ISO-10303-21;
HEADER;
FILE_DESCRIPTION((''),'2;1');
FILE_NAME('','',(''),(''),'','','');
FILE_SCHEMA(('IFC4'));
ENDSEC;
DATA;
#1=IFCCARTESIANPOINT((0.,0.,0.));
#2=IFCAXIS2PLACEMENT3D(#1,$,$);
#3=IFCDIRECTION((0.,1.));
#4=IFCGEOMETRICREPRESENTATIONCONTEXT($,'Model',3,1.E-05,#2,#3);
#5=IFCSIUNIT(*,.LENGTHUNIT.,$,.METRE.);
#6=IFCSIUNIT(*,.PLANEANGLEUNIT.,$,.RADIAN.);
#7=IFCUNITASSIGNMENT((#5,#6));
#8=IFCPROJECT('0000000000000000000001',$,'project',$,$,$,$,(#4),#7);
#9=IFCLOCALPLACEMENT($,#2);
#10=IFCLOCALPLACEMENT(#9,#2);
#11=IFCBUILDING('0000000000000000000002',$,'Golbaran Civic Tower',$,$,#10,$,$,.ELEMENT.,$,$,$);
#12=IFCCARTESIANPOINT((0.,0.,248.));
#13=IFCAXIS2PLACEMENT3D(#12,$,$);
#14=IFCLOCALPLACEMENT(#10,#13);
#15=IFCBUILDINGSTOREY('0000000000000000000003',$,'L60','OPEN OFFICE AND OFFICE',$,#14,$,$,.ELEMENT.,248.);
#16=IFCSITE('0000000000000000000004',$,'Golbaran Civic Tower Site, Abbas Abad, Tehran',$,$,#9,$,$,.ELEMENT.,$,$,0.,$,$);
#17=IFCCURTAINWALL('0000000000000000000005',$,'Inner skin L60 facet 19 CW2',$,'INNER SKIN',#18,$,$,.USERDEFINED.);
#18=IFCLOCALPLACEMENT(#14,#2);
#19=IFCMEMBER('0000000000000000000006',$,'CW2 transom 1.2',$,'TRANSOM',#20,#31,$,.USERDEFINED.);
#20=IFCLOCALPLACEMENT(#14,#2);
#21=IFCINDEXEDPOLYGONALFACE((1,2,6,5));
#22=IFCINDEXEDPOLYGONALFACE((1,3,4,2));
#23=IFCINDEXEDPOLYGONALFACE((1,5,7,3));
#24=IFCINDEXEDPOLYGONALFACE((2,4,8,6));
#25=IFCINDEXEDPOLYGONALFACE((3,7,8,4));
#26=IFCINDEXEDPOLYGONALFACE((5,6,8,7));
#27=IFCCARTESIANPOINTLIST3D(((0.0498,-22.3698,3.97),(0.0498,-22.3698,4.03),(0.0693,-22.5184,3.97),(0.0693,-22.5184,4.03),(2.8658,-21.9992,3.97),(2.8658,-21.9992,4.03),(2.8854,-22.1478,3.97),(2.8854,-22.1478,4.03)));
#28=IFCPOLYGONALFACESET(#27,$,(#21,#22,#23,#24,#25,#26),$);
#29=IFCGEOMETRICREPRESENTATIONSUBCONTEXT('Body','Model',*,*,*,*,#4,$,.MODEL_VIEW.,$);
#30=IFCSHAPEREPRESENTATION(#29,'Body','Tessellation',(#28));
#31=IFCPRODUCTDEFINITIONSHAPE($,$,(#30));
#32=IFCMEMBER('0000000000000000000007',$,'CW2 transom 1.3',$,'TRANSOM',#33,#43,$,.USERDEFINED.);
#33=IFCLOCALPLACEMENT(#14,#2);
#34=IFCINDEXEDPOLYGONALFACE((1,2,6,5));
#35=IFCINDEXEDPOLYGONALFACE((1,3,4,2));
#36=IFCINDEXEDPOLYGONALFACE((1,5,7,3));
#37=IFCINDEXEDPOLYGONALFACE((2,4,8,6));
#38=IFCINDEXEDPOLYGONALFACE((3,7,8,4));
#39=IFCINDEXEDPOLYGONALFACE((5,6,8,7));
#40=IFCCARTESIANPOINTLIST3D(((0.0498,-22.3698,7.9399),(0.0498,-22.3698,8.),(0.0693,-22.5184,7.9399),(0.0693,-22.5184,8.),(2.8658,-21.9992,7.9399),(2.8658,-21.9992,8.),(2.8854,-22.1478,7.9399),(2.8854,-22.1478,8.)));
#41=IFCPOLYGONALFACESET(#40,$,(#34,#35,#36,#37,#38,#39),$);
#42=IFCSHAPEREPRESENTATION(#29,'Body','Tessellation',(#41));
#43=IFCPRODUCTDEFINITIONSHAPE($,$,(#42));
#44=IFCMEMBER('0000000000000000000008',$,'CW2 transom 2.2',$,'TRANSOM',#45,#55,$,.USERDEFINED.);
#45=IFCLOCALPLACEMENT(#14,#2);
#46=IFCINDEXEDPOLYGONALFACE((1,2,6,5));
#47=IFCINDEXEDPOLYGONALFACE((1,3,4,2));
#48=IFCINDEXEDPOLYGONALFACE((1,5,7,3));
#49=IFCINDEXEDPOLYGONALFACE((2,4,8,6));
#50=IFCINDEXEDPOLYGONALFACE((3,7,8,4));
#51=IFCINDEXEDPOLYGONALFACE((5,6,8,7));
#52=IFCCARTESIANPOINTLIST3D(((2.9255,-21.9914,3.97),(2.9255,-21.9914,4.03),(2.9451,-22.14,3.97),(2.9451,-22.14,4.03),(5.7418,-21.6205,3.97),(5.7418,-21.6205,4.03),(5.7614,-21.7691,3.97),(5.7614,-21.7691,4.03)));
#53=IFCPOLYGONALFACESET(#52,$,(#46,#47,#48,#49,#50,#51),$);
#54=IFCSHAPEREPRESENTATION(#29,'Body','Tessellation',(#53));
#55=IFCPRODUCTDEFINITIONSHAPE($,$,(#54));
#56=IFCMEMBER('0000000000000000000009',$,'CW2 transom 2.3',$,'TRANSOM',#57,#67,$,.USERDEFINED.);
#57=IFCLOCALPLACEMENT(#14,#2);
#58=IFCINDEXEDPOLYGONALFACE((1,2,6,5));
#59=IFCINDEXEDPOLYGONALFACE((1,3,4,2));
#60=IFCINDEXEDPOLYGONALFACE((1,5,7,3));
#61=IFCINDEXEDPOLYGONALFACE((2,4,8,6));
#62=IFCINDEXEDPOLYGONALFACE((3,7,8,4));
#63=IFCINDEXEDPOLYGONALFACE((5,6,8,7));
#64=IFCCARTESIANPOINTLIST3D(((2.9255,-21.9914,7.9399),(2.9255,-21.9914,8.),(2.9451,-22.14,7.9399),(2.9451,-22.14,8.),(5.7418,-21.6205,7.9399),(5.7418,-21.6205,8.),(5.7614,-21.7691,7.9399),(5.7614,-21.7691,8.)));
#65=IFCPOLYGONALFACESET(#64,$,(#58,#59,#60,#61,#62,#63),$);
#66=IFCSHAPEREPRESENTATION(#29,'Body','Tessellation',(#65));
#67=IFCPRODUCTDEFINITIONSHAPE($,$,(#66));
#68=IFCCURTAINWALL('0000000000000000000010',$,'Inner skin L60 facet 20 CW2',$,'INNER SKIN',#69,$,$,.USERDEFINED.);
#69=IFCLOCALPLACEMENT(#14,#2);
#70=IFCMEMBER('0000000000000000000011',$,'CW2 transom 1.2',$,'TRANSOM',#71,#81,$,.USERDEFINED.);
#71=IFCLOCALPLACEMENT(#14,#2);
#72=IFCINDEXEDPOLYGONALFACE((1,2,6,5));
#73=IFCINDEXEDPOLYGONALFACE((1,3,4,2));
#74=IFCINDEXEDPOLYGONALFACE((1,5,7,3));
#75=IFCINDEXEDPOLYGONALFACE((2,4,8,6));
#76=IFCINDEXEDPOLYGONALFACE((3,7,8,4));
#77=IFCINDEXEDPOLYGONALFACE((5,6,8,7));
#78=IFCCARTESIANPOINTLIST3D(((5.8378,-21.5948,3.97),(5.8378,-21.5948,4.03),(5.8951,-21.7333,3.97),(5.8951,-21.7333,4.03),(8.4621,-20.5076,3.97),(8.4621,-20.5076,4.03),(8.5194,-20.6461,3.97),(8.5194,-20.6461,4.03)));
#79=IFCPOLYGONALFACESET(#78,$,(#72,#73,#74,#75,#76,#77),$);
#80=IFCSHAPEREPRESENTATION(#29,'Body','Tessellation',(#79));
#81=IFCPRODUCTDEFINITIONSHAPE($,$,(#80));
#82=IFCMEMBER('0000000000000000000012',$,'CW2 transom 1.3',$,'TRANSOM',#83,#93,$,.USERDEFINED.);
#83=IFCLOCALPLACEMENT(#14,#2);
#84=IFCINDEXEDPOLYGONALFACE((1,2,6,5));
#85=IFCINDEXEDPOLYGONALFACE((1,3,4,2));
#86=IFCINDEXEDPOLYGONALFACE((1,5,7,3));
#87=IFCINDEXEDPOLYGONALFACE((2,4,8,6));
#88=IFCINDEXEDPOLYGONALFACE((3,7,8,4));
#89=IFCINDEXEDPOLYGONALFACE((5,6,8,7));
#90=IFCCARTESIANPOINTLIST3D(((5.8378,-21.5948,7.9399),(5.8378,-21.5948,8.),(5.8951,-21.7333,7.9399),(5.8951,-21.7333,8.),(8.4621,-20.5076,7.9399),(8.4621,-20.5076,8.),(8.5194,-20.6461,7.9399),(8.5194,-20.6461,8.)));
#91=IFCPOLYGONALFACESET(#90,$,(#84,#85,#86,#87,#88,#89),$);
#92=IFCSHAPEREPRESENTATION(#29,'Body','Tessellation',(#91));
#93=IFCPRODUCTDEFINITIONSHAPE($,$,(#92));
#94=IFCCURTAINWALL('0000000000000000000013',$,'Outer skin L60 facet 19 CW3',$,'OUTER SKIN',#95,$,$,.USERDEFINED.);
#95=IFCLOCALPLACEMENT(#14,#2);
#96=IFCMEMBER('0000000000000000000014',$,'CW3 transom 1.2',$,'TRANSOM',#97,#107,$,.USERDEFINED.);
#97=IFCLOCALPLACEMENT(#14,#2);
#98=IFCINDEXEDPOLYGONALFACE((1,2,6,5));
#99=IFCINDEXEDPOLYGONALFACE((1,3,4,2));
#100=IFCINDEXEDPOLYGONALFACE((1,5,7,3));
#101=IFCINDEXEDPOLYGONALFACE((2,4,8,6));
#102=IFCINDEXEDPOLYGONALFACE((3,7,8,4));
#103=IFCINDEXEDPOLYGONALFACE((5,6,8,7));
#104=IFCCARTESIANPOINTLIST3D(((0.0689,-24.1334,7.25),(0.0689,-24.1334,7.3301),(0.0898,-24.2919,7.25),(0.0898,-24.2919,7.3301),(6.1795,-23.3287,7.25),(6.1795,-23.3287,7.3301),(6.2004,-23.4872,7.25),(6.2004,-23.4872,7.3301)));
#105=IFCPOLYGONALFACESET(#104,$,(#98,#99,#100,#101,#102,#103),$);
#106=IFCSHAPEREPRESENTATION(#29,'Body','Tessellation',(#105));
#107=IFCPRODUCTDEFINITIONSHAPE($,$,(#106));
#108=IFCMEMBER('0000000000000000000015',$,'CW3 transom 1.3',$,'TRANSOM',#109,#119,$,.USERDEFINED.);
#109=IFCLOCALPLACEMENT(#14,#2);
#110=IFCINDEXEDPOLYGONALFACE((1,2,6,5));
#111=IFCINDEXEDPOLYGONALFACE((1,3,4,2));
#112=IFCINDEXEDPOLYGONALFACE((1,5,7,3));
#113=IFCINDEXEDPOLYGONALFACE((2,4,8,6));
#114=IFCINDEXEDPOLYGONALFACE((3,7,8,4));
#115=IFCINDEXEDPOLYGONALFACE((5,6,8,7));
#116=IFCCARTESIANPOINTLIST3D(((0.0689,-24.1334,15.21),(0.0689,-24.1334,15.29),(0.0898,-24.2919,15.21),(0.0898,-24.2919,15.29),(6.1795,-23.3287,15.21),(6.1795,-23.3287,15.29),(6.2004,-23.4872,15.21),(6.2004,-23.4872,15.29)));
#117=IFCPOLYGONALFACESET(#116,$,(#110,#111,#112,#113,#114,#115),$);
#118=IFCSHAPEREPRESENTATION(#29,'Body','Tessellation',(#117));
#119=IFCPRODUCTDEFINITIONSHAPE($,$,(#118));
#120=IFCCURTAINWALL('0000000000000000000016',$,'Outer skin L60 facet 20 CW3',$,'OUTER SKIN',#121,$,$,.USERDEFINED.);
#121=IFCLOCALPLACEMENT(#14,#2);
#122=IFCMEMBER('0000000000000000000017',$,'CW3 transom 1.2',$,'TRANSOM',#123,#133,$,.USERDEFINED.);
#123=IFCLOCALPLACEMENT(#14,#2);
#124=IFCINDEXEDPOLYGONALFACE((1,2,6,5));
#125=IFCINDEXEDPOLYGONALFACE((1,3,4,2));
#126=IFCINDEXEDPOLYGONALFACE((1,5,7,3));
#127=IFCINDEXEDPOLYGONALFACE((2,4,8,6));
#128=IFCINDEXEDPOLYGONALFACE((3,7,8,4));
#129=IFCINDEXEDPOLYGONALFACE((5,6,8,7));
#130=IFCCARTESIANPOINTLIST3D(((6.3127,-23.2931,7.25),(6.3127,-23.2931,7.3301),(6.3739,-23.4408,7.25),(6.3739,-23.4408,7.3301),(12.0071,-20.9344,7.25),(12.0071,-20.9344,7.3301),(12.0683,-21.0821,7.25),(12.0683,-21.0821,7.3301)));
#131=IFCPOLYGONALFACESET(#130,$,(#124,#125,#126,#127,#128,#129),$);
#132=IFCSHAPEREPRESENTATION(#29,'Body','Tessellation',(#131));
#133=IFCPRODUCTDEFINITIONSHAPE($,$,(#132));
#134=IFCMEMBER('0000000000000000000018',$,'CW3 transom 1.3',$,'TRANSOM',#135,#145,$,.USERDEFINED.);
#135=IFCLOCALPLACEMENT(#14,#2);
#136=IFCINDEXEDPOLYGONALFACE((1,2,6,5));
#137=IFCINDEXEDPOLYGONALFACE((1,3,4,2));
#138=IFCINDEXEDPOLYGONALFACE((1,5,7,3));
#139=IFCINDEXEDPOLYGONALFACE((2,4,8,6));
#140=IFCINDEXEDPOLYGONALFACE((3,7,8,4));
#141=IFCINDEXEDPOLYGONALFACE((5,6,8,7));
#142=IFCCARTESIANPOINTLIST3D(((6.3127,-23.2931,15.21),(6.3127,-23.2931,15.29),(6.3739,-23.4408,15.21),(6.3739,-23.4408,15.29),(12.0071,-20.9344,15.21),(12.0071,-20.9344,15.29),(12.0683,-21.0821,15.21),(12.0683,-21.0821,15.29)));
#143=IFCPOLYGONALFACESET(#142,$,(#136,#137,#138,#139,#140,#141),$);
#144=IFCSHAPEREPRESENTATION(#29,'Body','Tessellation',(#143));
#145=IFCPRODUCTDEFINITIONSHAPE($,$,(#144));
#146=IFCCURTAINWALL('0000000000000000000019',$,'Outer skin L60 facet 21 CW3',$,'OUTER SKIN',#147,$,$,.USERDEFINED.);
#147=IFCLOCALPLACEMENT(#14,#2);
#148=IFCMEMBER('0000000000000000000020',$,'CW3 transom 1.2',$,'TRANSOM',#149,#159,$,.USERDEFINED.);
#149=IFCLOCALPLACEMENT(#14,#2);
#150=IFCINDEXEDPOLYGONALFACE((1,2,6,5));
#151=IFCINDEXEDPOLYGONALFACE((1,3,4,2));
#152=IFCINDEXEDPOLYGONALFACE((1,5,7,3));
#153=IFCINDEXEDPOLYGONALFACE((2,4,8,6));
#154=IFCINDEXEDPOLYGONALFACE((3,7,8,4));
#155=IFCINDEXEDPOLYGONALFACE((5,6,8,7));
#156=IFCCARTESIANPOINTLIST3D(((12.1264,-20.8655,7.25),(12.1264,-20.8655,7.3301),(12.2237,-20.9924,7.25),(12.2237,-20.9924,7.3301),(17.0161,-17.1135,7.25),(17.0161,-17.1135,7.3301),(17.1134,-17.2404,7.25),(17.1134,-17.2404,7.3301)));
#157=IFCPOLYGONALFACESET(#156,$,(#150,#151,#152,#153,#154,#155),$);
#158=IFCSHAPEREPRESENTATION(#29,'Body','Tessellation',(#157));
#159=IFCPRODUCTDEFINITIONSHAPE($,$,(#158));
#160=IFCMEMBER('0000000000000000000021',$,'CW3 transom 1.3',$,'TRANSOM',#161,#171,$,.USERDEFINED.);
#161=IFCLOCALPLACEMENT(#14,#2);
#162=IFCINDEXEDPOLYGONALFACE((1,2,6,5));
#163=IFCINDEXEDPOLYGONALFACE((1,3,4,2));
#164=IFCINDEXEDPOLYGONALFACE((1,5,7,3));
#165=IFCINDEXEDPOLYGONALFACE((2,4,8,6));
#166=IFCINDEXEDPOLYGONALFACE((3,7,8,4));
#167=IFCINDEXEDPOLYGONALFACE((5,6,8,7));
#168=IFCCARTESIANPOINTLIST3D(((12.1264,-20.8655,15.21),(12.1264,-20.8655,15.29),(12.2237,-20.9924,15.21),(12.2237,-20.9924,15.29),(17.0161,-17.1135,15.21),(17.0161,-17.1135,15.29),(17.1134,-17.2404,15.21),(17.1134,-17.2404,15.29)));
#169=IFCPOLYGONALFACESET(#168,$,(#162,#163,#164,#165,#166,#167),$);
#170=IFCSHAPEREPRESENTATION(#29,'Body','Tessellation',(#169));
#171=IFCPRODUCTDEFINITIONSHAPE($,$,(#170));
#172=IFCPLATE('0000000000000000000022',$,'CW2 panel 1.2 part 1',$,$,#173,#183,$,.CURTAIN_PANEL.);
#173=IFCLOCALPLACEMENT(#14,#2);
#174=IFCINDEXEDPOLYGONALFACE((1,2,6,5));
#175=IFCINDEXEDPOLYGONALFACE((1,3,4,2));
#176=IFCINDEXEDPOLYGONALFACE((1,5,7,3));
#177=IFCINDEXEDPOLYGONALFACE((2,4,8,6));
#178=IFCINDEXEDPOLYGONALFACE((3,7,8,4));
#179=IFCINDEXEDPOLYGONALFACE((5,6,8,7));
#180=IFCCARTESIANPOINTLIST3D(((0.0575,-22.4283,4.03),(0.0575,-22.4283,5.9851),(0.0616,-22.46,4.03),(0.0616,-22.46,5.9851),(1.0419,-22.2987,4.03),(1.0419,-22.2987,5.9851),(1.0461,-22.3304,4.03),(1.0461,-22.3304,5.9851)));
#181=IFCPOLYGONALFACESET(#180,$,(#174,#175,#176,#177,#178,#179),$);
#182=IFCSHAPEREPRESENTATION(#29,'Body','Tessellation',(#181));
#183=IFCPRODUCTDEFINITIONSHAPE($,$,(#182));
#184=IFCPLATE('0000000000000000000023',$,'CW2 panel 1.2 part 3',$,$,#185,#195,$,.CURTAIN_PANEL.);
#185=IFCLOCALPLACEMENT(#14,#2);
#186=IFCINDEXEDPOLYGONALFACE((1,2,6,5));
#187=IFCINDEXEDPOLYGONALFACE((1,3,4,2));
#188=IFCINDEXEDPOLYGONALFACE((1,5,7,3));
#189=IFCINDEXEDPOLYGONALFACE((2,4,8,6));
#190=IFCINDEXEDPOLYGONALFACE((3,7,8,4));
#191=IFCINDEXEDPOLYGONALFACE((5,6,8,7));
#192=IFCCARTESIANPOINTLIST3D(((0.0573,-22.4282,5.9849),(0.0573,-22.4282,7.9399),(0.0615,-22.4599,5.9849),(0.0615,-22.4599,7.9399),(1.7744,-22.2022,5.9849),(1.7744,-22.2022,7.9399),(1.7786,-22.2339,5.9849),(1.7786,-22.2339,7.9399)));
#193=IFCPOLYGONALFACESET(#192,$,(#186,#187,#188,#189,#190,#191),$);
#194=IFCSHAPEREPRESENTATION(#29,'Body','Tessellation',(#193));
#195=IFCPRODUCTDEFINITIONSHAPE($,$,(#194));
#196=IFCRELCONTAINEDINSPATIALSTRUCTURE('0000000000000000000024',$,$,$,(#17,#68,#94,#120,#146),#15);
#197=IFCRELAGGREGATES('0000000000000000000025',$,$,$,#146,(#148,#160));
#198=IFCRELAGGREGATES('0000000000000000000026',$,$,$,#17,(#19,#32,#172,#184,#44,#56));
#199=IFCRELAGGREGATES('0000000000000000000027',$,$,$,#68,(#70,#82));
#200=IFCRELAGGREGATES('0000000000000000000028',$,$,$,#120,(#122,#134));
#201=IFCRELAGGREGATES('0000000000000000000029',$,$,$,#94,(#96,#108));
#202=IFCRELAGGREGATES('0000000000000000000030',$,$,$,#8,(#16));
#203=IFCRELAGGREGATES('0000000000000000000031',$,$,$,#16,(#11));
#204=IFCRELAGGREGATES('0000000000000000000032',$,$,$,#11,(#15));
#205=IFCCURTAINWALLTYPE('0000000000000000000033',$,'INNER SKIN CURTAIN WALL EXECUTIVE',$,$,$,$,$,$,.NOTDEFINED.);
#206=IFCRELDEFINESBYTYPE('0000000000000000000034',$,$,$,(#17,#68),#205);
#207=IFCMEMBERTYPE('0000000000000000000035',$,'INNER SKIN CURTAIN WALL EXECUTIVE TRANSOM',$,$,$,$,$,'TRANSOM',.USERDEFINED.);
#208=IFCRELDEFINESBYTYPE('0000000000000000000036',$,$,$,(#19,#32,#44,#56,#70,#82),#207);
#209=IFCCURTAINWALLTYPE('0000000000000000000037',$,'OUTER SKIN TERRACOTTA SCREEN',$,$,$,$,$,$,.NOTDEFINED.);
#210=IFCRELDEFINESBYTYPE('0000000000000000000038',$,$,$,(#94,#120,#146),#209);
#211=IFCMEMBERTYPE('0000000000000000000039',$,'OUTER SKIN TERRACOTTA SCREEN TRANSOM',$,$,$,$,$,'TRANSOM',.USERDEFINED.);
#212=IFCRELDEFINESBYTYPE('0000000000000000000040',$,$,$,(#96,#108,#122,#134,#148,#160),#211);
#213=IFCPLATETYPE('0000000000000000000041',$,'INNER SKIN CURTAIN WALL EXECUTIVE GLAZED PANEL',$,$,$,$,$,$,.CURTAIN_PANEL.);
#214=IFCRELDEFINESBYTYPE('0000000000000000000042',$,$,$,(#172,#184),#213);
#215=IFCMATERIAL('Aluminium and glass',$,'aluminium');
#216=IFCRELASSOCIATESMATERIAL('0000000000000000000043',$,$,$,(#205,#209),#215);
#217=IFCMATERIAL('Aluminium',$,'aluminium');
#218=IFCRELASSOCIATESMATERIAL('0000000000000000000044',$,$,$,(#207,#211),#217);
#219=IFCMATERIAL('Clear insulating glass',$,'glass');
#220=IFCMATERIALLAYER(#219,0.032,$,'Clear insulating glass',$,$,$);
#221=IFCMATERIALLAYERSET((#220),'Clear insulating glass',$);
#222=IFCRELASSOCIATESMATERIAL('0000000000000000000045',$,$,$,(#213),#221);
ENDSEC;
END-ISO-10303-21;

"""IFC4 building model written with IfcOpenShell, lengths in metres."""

from ifc_helpers import new_model, si_unit, direction, frame, origin, origin_2d, place, context, subcontext, project, spatial, rectangle, extrude, material, layer, layer_set, material_profile, profile_set, type_object, element, aggregate, save


model = new_model("IFC4")

# Units and contexts
model_context = context("Model", 3, precision=1e-05, world=origin(), true_north=direction((0.0, 1.0)))
body_context = subcontext(model_context, "Body", "Model", "MODEL_VIEW")
ifc_project = project(units=[si_unit("LENGTHUNIT", "METRE"), si_unit("PLANEANGLEUNIT", "RADIAN")], contexts=[model_context])

# Site, building, storey
site_placement = place(None, origin())
site = spatial("IfcSite", under=ifc_project, at=site_placement, Name="Golbaran Civic Tower Site, Abbas Abad, Tehran", CompositionType="ELEMENT", RefElevation=0.0)
building_placement = place(site_placement, origin())
building = spatial("IfcBuilding", under=site, at=building_placement, Name="Golbaran Civic Tower", CompositionType="ELEMENT")
storey_placement = place(building_placement, frame((0.0, 0.0, 248.0)))
storey = spatial("IfcBuildingStorey", under=building, at=storey_placement, Name="L60", Description="OPEN OFFICE AND OFFICE", CompositionType="ELEMENT", Elevation=248.0)

# Curtain walls, members
ifc_material_1 = material(Name="Aluminium and glass", Category="aluminium")
curtain_wall_type_1 = type_object("IfcCurtainWallType", Name="INNER SKIN CURTAIN WALL EXECUTIVE", PredefinedType="NOTDEFINED", material=ifc_material_1)
curtain_wall_1_placement = place(storey_placement, origin())
curtain_wall_1 = element("IfcCurtainWall", 1, at=curtain_wall_1_placement, inside=storey, type_object=curtain_wall_type_1, Name="Inner skin L60 facet 19 CW2", ObjectType="INNER SKIN", PredefinedType="USERDEFINED")
ifc_material_2 = material(Name="Aluminium", Category="aluminium")
ifc_material_profile_1 = material_profile(ifc_material_2, rectangle(XDim=0.1499, YDim=0.0601, at=origin_2d()), Name="INNER SKIN CURTAIN WALL EXECUTIVE TRANSOM")
ifc_profile_set_1 = profile_set([ifc_material_profile_1], Name="Aluminium")
member_type_1 = type_object("IfcMemberType", Name="INNER SKIN CURTAIN WALL EXECUTIVE TRANSOM", ElementType="TRANSOM", PredefinedType="USERDEFINED", material=ifc_profile_set_1)
member_1_placement = place(storey_placement, frame((0.0596, -22.4441, 4.0), z_axis=(0.991452, 0.130475, 0.0), x_axis=(-0.130475, 0.991452, 0.0)))
member_1 = element("IfcMember", 2, at=member_1_placement, type_object=member_type_1, Name="CW2 transom 1.2", ObjectType="TRANSOM", PredefinedType="USERDEFINED", context=body_context, shape_type="SweptSolid", body=[
    extrude(rectangle(XDim=0.1499, YDim=0.0601, at=origin_2d()), origin(), (0.0, 0.0, 1.0), 2.8403),
])
member_2_placement = place(storey_placement, frame((0.0596, -22.4441, 7.97), z_axis=(0.991452, 0.130475, 0.0), x_axis=(-0.130475, 0.991452, 0.0)))
member_2 = element("IfcMember", 3, at=member_2_placement, type_object=member_type_1, Name="CW2 transom 1.3", ObjectType="TRANSOM", PredefinedType="USERDEFINED", context=body_context, shape_type="SweptSolid", body=[
    extrude(rectangle(XDim=0.1499, YDim=0.0601, at=origin_2d()), origin(), (0.0, 0.0, 1.0), 2.8403),
])
member_3_placement = place(storey_placement, frame((2.9353, -22.0657, 4.0), z_axis=(0.991441, 0.130559, 0.0), x_axis=(-0.130559, 0.991441, 0.0)))
member_3 = element("IfcMember", 4, at=member_3_placement, type_object=member_type_1, Name="CW2 transom 2.2", ObjectType="TRANSOM", PredefinedType="USERDEFINED", context=body_context, shape_type="SweptSolid", body=[
    extrude(rectangle(XDim=0.1499, YDim=0.0601, at=origin_2d()), origin(), (0.0, 0.0, 1.0), 2.8406),
])
member_4_placement = place(storey_placement, frame((2.9353, -22.0657, 7.97), z_axis=(0.991441, 0.130559, 0.0), x_axis=(-0.130559, 0.991441, 0.0)))
member_4 = element("IfcMember", 5, at=member_4_placement, type_object=member_type_1, Name="CW2 transom 2.3", ObjectType="TRANSOM", PredefinedType="USERDEFINED", context=body_context, shape_type="SweptSolid", body=[
    extrude(rectangle(XDim=0.1499, YDim=0.0601, at=origin_2d()), origin(), (0.0, 0.0, 1.0), 2.8406),
])
curtain_wall_2_placement = place(storey_placement, origin())
curtain_wall_2 = element("IfcCurtainWall", 6, at=curtain_wall_2_placement, inside=storey, type_object=curtain_wall_type_1, Name="Inner skin L60 facet 20 CW2", ObjectType="INNER SKIN", PredefinedType="USERDEFINED")
member_5_placement = place(storey_placement, frame((5.8665, -21.6641, 4.0), z_axis=(0.923861, 0.382729, 0.0), x_axis=(-0.382729, 0.923861, 0.0)))
member_5 = element("IfcMember", 7, at=member_5_placement, type_object=member_type_1, Name="CW2 transom 1.2", ObjectType="TRANSOM", PredefinedType="USERDEFINED", context=body_context, shape_type="SweptSolid", body=[
    extrude(rectangle(XDim=0.1499, YDim=0.0601, at=origin_2d()), origin(), (0.0, 0.0, 1.0), 2.8406),
])
member_6_placement = place(storey_placement, frame((5.8665, -21.6641, 7.97), z_axis=(0.923861, 0.382729, 0.0), x_axis=(-0.382729, 0.923861, 0.0)))
member_6 = element("IfcMember", 8, at=member_6_placement, type_object=member_type_1, Name="CW2 transom 1.3", ObjectType="TRANSOM", PredefinedType="USERDEFINED", context=body_context, shape_type="SweptSolid", body=[
    extrude(rectangle(XDim=0.1499, YDim=0.0601, at=origin_2d()), origin(), (0.0, 0.0, 1.0), 2.8406),
])
curtain_wall_type_2 = type_object("IfcCurtainWallType", Name="OUTER SKIN TERRACOTTA SCREEN", PredefinedType="NOTDEFINED", material=ifc_material_1)
curtain_wall_3_placement = place(storey_placement, origin())
curtain_wall_3 = element("IfcCurtainWall", 9, at=curtain_wall_3_placement, inside=storey, type_object=curtain_wall_type_2, Name="Outer skin L60 facet 19 CW3", ObjectType="OUTER SKIN", PredefinedType="USERDEFINED")
ifc_material_profile_2 = material_profile(ifc_material_2, rectangle(XDim=0.1599, YDim=0.0801, at=origin_2d()), Name="OUTER SKIN TERRACOTTA SCREEN TRANSOM")
ifc_profile_set_2 = profile_set([ifc_material_profile_2], Name="Aluminium")
member_type_2 = type_object("IfcMemberType", Name="OUTER SKIN TERRACOTTA SCREEN TRANSOM", ElementType="TRANSOM", PredefinedType="USERDEFINED", material=ifc_profile_set_2)
member_7_placement = place(storey_placement, frame((0.0793, -24.2126, 7.29), z_axis=(0.99144, 0.13056, 0.0), x_axis=(-0.13056, 0.99144, 0.0)))
member_7 = element("IfcMember", 10, at=member_7_placement, type_object=member_type_2, Name="CW3 transom 1.2", ObjectType="TRANSOM", PredefinedType="USERDEFINED", context=body_context, shape_type="SweptSolid", body=[
    extrude(rectangle(XDim=0.1599, YDim=0.0801, at=origin_2d()), origin(), (0.0, 0.0, 1.0), 6.1633),
])
member_8_placement = place(storey_placement, frame((0.0793, -24.2126, 15.25), z_axis=(0.99144, 0.13056, 0.0), x_axis=(-0.13056, 0.99144, 0.0)))
member_8 = element("IfcMember", 11, at=member_8_placement, type_object=member_type_2, Name="CW3 transom 1.3", ObjectType="TRANSOM", PredefinedType="USERDEFINED", context=body_context, shape_type="SweptSolid", body=[
    extrude(rectangle(XDim=0.1599, YDim=0.0801, at=origin_2d()), origin(), (0.0, 0.0, 1.0), 6.1633),
])
curtain_wall_4_placement = place(storey_placement, origin())
curtain_wall_4 = element("IfcCurtainWall", 12, at=curtain_wall_4_placement, inside=storey, type_object=curtain_wall_type_2, Name="Outer skin L60 facet 20 CW3", ObjectType="OUTER SKIN", PredefinedType="USERDEFINED")
member_9_placement = place(storey_placement, frame((6.3433, -23.3669, 7.29), z_axis=(0.923881, 0.382679, 0.0), x_axis=(-0.382679, 0.923881, 0.0)))
member_9 = element("IfcMember", 13, at=member_9_placement, type_object=member_type_2, Name="CW3 transom 1.2", ObjectType="TRANSOM", PredefinedType="USERDEFINED", context=body_context, shape_type="SweptSolid", body=[
    extrude(rectangle(XDim=0.1599, YDim=0.0801, at=origin_2d()), origin(), (0.0, 0.0, 1.0), 6.1636),
])
member_10_placement = place(storey_placement, frame((6.3433, -23.3669, 15.25), z_axis=(0.923881, 0.382679, 0.0), x_axis=(-0.382679, 0.923881, 0.0)))
member_10 = element("IfcMember", 14, at=member_10_placement, type_object=member_type_2, Name="CW3 transom 1.3", ObjectType="TRANSOM", PredefinedType="USERDEFINED", context=body_context, shape_type="SweptSolid", body=[
    extrude(rectangle(XDim=0.1599, YDim=0.0801, at=origin_2d()), origin(), (0.0, 0.0, 1.0), 6.1636),
])
curtain_wall_5_placement = place(storey_placement, origin())
curtain_wall_5 = element("IfcCurtainWall", 15, at=curtain_wall_5_placement, inside=storey, type_object=curtain_wall_type_2, Name="Outer skin L60 facet 21 CW3", ObjectType="OUTER SKIN", PredefinedType="USERDEFINED")
member_11_placement = place(storey_placement, frame((12.175, -20.929, 7.29), z_axis=(0.793354, 0.608761, 0.0), x_axis=(-0.608761, 0.793354, 0.0)))
member_11 = element("IfcMember", 16, at=member_11_placement, type_object=member_type_2, Name="CW3 transom 1.2", ObjectType="TRANSOM", PredefinedType="USERDEFINED", context=body_context, shape_type="SweptSolid", body=[
    extrude(rectangle(XDim=0.1599, YDim=0.0801, at=origin_2d()), origin(), (0.0, 0.0, 1.0), 6.1633),
])
member_12_placement = place(storey_placement, frame((12.175, -20.929, 15.25), z_axis=(0.793354, 0.608761, 0.0), x_axis=(-0.608761, 0.793354, 0.0)))
member_12 = element("IfcMember", 17, at=member_12_placement, type_object=member_type_2, Name="CW3 transom 1.3", ObjectType="TRANSOM", PredefinedType="USERDEFINED", context=body_context, shape_type="SweptSolid", body=[
    extrude(rectangle(XDim=0.1599, YDim=0.0801, at=origin_2d()), origin(), (0.0, 0.0, 1.0), 6.1633),
])
aggregate(curtain_wall_5, [member_11, member_12])

# Plates
ifc_material_3 = material(Name="Clear insulating glass", Category="glass")
ifc_layer_1 = layer(ifc_material_3, 0.032, Name="Clear insulating glass")
ifc_layer_set_1 = layer_set([ifc_layer_1], Name="Clear insulating glass")
plate_type_1 = type_object("IfcPlateType", Name="INNER SKIN CURTAIN WALL EXECUTIVE GLAZED PANEL", PredefinedType="CURTAIN_PANEL", material=ifc_layer_set_1)
plate_1_placement = place(storey_placement, frame((0.5518, -22.3794, 4.03), z_axis=(0.0, 0.0, 1.0), x_axis=(0.991445, 0.130526, 0.0)))
plate_1 = element("IfcPlate", 18, at=plate_1_placement, type_object=plate_type_1, Name="CW2 panel 1.2 part 1", PredefinedType="CURTAIN_PANEL", context=body_context, shape_type="SweptSolid", body=[
    extrude(rectangle(XDim=0.9929, YDim=0.032, at=origin_2d()), origin(), (0.0, 0.0, 1.0), 1.9551),
])
plate_2_placement = place(storey_placement, frame((0.918, -22.3311, 5.9849), z_axis=(0.0, 0.0, 1.0), x_axis=(0.991445, 0.130526, 0.0)))
plate_2 = element("IfcPlate", 19, at=plate_2_placement, type_object=plate_type_1, Name="CW2 panel 1.2 part 3", PredefinedType="CURTAIN_PANEL", context=body_context, shape_type="SweptSolid", body=[
    extrude(rectangle(XDim=1.7319, YDim=0.032, at=origin_2d()), origin(), (0.0, 0.0, 1.0), 1.9551),
])
aggregate(curtain_wall_1, [member_1, member_2, plate_1, plate_2, member_3, member_4])
aggregate(curtain_wall_2, [member_5, member_6])
aggregate(curtain_wall_4, [member_9, member_10])
aggregate(curtain_wall_3, [member_7, member_8])

save(model, "model.ifc")
